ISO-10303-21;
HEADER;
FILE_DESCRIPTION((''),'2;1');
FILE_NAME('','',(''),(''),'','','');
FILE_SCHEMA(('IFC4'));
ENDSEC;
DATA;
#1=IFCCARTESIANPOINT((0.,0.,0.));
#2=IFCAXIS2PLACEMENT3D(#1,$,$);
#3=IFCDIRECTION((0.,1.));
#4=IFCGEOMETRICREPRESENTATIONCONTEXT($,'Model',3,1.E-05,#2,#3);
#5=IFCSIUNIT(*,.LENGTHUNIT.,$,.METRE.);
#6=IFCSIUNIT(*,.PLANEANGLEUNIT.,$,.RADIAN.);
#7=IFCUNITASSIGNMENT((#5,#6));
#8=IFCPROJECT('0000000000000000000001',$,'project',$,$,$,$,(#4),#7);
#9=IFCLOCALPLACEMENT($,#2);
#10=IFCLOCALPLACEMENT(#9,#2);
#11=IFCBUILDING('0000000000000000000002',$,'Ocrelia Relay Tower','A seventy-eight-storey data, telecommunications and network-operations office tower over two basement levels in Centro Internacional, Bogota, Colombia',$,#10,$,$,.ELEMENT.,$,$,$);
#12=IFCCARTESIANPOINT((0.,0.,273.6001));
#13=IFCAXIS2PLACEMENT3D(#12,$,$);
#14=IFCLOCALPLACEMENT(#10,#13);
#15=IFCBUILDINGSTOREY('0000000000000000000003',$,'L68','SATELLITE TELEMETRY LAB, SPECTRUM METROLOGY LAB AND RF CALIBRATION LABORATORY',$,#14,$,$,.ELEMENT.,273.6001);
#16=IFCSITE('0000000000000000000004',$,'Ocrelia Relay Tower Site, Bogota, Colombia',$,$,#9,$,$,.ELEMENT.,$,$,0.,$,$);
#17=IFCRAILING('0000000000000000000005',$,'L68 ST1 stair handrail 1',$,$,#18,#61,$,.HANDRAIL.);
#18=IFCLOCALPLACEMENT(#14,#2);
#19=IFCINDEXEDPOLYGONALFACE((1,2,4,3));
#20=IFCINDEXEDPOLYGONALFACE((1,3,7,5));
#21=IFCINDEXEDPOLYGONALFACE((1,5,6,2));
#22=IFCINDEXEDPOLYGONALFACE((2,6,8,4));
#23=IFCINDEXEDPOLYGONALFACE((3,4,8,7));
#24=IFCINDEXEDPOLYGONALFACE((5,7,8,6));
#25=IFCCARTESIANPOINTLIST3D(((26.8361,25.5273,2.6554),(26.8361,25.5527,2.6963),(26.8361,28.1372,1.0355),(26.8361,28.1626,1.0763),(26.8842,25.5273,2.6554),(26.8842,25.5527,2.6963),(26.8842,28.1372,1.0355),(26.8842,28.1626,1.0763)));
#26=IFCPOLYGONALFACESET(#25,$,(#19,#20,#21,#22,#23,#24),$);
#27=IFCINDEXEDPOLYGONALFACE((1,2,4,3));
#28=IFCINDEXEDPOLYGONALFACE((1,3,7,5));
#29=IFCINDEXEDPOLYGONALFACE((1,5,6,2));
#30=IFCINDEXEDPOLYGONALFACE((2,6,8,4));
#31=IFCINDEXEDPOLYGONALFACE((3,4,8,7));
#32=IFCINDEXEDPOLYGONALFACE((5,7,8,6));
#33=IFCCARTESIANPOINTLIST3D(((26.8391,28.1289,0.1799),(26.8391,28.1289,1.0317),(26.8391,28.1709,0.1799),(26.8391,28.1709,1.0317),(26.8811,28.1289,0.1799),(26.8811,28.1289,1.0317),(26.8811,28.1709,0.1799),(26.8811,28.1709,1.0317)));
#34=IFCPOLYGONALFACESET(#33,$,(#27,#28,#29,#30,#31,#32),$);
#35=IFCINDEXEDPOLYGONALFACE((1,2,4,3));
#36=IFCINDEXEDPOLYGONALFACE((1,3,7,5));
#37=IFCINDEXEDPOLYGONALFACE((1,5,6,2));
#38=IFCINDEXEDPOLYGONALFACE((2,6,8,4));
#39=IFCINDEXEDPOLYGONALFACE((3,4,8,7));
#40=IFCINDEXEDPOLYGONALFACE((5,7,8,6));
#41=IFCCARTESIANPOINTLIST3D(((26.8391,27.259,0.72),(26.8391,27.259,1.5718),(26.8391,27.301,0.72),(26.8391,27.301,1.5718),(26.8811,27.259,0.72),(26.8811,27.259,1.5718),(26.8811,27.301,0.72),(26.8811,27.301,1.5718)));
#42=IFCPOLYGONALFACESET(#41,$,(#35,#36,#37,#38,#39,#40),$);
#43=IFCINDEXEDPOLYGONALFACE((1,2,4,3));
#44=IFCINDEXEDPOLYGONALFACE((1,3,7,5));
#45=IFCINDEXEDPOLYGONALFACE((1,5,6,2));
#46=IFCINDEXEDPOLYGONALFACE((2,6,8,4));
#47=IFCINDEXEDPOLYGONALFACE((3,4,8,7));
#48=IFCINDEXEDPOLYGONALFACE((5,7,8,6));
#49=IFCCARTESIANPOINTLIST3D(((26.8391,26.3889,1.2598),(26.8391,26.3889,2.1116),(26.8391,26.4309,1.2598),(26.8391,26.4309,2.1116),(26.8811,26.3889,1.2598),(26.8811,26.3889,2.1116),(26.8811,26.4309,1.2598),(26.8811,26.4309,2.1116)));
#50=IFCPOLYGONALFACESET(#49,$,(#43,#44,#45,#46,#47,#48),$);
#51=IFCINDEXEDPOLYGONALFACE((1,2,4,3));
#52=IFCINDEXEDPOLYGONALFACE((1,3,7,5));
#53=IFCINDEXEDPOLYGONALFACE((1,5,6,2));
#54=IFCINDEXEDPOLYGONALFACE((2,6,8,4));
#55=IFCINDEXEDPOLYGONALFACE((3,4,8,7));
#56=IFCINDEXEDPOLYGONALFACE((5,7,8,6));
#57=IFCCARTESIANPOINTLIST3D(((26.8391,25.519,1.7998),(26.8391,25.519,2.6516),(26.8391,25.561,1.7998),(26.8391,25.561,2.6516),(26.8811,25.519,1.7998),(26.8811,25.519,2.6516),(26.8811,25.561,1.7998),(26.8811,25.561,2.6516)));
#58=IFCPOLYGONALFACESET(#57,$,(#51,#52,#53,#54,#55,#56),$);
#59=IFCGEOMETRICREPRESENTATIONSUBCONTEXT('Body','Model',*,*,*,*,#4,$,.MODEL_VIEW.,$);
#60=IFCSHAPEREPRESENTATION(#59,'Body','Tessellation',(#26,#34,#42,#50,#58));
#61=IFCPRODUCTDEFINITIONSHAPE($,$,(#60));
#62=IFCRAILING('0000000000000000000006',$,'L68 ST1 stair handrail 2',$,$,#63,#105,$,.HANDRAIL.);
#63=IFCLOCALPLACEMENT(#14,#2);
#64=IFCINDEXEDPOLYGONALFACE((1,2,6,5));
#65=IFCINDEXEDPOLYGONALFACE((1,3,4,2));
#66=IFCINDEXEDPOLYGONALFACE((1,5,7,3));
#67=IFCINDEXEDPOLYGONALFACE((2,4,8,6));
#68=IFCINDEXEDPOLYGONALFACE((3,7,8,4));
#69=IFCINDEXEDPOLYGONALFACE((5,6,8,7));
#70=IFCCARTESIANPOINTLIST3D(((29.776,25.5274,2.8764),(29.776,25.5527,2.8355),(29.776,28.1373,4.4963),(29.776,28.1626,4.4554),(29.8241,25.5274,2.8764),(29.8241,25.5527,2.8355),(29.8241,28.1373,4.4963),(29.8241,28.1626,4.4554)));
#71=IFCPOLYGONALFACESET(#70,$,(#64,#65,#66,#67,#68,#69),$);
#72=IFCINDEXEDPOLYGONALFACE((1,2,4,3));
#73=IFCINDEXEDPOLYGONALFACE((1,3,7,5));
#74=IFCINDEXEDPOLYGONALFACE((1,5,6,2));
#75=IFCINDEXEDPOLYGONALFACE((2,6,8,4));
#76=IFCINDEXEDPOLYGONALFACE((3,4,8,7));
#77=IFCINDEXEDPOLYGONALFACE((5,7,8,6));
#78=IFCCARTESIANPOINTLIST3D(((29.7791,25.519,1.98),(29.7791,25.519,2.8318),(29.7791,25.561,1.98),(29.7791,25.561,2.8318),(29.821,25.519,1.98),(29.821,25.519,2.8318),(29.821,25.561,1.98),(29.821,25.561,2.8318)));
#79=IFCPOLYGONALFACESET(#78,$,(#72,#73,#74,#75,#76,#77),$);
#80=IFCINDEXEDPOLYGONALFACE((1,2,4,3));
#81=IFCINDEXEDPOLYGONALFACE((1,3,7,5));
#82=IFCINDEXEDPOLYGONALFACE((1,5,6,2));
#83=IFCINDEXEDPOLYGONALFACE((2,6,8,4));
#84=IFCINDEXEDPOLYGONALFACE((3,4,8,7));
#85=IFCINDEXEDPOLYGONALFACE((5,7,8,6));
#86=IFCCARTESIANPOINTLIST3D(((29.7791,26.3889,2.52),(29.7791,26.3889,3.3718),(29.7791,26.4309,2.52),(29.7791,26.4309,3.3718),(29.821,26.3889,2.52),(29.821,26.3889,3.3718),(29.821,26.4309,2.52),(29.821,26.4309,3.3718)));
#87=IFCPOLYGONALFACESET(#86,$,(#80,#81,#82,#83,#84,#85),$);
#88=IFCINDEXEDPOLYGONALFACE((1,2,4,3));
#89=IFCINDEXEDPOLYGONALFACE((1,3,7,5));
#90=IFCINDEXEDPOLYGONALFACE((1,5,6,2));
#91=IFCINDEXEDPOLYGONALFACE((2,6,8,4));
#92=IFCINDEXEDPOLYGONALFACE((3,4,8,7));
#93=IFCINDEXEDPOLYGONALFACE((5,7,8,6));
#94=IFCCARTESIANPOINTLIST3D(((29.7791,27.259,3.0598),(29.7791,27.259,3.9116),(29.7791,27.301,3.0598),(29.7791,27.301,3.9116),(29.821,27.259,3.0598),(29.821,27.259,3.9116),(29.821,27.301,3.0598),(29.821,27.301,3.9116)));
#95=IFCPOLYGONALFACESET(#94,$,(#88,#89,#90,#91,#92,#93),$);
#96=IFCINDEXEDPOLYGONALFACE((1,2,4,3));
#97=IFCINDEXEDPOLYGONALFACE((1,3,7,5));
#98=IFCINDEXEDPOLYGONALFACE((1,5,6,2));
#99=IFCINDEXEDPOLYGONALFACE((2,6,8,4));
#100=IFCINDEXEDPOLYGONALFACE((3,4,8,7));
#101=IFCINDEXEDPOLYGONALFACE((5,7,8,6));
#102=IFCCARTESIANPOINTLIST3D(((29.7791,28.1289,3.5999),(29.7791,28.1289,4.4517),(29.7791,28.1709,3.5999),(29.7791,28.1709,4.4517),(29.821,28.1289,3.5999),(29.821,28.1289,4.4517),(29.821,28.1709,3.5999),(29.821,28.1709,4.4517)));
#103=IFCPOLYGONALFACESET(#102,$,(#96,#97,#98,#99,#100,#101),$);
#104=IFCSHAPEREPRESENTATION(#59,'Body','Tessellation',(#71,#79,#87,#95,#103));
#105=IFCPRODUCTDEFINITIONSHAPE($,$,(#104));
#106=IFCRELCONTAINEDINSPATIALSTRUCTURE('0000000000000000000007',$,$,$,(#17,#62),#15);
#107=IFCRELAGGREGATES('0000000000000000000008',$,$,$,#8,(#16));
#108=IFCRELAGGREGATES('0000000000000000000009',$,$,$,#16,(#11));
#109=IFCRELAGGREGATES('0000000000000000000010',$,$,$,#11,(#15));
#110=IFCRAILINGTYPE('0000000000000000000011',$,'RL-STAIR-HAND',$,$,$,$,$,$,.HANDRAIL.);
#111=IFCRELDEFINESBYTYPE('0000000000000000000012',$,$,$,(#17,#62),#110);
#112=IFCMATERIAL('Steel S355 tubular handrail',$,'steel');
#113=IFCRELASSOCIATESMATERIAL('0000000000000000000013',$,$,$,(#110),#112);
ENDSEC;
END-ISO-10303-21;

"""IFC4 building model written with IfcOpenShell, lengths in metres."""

from ifc_helpers import new_model, si_unit, direction, frame, origin, origin_2d, place, context, subcontext, project, spatial, rectangle, extrude, material, type_object, element, save


model = new_model("IFC4")

# Units and contexts
model_context = context("Model", 3, precision=1e-05, world=origin(), true_north=direction((0.0, 1.0)))
body_context = subcontext(model_context, "Body", "Model", "MODEL_VIEW")
ifc_project = project(units=[si_unit("LENGTHUNIT", "METRE"), si_unit("PLANEANGLEUNIT", "RADIAN")], contexts=[model_context])

# Site, building, storey
site_placement = place(None, origin())
site = spatial("IfcSite", under=ifc_project, at=site_placement, Name="Ocrelia Relay Tower Site, Bogota, Colombia", CompositionType="ELEMENT", RefElevation=0.0)
building_placement = place(site_placement, origin())
building = spatial("IfcBuilding", under=site, at=building_placement, Name="Ocrelia Relay Tower", Description="A seventy-eight-storey data, telecommunications and network-operations office tower over two basement levels in Centro Internacional, Bogota, Colombia", CompositionType="ELEMENT")
storey_placement = place(building_placement, frame((0.0, 0.0, 273.6001)))
storey = spatial("IfcBuildingStorey", under=building, at=storey_placement, Name="L68", Description="SATELLITE TELEMETRY LAB, SPECTRUM METROLOGY LAB AND RF CALIBRATION LABORATORY", CompositionType="ELEMENT", Elevation=273.6001)

# Railings
ifc_material_1 = material(Name="Steel S355 tubular handrail", Category="steel")
railing_type_1 = type_object("IfcRailingType", Name="RL-STAIR-HAND", PredefinedType="HANDRAIL", material=ifc_material_1)
railing_1_placement = place(storey_placement, frame((26.8601, 28.1499, 0.1799)))
element("IfcRailing", 1, at=railing_1_placement, inside=storey, type_object=railing_type_1, Name="L68 ST1 stair handrail 1", PredefinedType="HANDRAIL", context=body_context, shape_type="SweptSolid", body=[
    extrude(rectangle(XDim=0.0481, YDim=0.0481, at=origin_2d()), frame((0.0, 0.0, 0.876), z_axis=(0.0, -0.849646, 0.527353), x_axis=(1.0, 0.0, 0.0)), (0.0, 0.0, 1.0), 3.0718),
    extrude(rectangle(XDim=0.042, YDim=0.042, at=origin_2d()), origin(), (0.0, 0.0, 1.0), 0.8518),
    extrude(rectangle(XDim=0.042, YDim=0.042, at=origin_2d()), frame((0.0, -0.8699, 0.54)), (0.0, 0.0, 1.0), 0.8518),
    extrude(rectangle(XDim=0.042, YDim=0.042, at=origin_2d()), frame((0.0, -1.74, 1.0798)), (0.0, 0.0, 1.0), 0.8518),
    extrude(rectangle(XDim=0.042, YDim=0.042, at=origin_2d()), frame((0.0, -2.6099, 1.6199)), (0.0, 0.0, 1.0), 0.8518),
])
railing_2_placement = place(storey_placement, frame((29.8, 25.54, 1.98)))
element("IfcRailing", 2, at=railing_2_placement, inside=storey, type_object=railing_type_1, Name="L68 ST1 stair handrail 2", PredefinedType="HANDRAIL", context=body_context, shape_type="SweptSolid", body=[
    extrude(rectangle(XDim=0.0481, YDim=0.0481, at=origin_2d()), frame((0.0, 0.0, 0.876), z_axis=(0.0, 0.849646, 0.527353), x_axis=(-1.0, 0.0, 0.0)), (0.0, 0.0, 1.0), 3.0718),
    extrude(rectangle(XDim=0.042, YDim=0.042, at=origin_2d()), origin(), (0.0, 0.0, 1.0), 0.8518),
    extrude(rectangle(XDim=0.042, YDim=0.042, at=origin_2d()), frame((0.0, 0.8699, 0.54)), (0.0, 0.0, 1.0), 0.8518),
    extrude(rectangle(XDim=0.042, YDim=0.042, at=origin_2d()), frame((0.0, 1.74, 1.0798)), (0.0, 0.0, 1.0), 0.8518),
    extrude(rectangle(XDim=0.042, YDim=0.042, at=origin_2d()), frame((0.0, 2.6099, 1.6199)), (0.0, 0.0, 1.0), 0.8518),
])

save(model, "model.ifc")
